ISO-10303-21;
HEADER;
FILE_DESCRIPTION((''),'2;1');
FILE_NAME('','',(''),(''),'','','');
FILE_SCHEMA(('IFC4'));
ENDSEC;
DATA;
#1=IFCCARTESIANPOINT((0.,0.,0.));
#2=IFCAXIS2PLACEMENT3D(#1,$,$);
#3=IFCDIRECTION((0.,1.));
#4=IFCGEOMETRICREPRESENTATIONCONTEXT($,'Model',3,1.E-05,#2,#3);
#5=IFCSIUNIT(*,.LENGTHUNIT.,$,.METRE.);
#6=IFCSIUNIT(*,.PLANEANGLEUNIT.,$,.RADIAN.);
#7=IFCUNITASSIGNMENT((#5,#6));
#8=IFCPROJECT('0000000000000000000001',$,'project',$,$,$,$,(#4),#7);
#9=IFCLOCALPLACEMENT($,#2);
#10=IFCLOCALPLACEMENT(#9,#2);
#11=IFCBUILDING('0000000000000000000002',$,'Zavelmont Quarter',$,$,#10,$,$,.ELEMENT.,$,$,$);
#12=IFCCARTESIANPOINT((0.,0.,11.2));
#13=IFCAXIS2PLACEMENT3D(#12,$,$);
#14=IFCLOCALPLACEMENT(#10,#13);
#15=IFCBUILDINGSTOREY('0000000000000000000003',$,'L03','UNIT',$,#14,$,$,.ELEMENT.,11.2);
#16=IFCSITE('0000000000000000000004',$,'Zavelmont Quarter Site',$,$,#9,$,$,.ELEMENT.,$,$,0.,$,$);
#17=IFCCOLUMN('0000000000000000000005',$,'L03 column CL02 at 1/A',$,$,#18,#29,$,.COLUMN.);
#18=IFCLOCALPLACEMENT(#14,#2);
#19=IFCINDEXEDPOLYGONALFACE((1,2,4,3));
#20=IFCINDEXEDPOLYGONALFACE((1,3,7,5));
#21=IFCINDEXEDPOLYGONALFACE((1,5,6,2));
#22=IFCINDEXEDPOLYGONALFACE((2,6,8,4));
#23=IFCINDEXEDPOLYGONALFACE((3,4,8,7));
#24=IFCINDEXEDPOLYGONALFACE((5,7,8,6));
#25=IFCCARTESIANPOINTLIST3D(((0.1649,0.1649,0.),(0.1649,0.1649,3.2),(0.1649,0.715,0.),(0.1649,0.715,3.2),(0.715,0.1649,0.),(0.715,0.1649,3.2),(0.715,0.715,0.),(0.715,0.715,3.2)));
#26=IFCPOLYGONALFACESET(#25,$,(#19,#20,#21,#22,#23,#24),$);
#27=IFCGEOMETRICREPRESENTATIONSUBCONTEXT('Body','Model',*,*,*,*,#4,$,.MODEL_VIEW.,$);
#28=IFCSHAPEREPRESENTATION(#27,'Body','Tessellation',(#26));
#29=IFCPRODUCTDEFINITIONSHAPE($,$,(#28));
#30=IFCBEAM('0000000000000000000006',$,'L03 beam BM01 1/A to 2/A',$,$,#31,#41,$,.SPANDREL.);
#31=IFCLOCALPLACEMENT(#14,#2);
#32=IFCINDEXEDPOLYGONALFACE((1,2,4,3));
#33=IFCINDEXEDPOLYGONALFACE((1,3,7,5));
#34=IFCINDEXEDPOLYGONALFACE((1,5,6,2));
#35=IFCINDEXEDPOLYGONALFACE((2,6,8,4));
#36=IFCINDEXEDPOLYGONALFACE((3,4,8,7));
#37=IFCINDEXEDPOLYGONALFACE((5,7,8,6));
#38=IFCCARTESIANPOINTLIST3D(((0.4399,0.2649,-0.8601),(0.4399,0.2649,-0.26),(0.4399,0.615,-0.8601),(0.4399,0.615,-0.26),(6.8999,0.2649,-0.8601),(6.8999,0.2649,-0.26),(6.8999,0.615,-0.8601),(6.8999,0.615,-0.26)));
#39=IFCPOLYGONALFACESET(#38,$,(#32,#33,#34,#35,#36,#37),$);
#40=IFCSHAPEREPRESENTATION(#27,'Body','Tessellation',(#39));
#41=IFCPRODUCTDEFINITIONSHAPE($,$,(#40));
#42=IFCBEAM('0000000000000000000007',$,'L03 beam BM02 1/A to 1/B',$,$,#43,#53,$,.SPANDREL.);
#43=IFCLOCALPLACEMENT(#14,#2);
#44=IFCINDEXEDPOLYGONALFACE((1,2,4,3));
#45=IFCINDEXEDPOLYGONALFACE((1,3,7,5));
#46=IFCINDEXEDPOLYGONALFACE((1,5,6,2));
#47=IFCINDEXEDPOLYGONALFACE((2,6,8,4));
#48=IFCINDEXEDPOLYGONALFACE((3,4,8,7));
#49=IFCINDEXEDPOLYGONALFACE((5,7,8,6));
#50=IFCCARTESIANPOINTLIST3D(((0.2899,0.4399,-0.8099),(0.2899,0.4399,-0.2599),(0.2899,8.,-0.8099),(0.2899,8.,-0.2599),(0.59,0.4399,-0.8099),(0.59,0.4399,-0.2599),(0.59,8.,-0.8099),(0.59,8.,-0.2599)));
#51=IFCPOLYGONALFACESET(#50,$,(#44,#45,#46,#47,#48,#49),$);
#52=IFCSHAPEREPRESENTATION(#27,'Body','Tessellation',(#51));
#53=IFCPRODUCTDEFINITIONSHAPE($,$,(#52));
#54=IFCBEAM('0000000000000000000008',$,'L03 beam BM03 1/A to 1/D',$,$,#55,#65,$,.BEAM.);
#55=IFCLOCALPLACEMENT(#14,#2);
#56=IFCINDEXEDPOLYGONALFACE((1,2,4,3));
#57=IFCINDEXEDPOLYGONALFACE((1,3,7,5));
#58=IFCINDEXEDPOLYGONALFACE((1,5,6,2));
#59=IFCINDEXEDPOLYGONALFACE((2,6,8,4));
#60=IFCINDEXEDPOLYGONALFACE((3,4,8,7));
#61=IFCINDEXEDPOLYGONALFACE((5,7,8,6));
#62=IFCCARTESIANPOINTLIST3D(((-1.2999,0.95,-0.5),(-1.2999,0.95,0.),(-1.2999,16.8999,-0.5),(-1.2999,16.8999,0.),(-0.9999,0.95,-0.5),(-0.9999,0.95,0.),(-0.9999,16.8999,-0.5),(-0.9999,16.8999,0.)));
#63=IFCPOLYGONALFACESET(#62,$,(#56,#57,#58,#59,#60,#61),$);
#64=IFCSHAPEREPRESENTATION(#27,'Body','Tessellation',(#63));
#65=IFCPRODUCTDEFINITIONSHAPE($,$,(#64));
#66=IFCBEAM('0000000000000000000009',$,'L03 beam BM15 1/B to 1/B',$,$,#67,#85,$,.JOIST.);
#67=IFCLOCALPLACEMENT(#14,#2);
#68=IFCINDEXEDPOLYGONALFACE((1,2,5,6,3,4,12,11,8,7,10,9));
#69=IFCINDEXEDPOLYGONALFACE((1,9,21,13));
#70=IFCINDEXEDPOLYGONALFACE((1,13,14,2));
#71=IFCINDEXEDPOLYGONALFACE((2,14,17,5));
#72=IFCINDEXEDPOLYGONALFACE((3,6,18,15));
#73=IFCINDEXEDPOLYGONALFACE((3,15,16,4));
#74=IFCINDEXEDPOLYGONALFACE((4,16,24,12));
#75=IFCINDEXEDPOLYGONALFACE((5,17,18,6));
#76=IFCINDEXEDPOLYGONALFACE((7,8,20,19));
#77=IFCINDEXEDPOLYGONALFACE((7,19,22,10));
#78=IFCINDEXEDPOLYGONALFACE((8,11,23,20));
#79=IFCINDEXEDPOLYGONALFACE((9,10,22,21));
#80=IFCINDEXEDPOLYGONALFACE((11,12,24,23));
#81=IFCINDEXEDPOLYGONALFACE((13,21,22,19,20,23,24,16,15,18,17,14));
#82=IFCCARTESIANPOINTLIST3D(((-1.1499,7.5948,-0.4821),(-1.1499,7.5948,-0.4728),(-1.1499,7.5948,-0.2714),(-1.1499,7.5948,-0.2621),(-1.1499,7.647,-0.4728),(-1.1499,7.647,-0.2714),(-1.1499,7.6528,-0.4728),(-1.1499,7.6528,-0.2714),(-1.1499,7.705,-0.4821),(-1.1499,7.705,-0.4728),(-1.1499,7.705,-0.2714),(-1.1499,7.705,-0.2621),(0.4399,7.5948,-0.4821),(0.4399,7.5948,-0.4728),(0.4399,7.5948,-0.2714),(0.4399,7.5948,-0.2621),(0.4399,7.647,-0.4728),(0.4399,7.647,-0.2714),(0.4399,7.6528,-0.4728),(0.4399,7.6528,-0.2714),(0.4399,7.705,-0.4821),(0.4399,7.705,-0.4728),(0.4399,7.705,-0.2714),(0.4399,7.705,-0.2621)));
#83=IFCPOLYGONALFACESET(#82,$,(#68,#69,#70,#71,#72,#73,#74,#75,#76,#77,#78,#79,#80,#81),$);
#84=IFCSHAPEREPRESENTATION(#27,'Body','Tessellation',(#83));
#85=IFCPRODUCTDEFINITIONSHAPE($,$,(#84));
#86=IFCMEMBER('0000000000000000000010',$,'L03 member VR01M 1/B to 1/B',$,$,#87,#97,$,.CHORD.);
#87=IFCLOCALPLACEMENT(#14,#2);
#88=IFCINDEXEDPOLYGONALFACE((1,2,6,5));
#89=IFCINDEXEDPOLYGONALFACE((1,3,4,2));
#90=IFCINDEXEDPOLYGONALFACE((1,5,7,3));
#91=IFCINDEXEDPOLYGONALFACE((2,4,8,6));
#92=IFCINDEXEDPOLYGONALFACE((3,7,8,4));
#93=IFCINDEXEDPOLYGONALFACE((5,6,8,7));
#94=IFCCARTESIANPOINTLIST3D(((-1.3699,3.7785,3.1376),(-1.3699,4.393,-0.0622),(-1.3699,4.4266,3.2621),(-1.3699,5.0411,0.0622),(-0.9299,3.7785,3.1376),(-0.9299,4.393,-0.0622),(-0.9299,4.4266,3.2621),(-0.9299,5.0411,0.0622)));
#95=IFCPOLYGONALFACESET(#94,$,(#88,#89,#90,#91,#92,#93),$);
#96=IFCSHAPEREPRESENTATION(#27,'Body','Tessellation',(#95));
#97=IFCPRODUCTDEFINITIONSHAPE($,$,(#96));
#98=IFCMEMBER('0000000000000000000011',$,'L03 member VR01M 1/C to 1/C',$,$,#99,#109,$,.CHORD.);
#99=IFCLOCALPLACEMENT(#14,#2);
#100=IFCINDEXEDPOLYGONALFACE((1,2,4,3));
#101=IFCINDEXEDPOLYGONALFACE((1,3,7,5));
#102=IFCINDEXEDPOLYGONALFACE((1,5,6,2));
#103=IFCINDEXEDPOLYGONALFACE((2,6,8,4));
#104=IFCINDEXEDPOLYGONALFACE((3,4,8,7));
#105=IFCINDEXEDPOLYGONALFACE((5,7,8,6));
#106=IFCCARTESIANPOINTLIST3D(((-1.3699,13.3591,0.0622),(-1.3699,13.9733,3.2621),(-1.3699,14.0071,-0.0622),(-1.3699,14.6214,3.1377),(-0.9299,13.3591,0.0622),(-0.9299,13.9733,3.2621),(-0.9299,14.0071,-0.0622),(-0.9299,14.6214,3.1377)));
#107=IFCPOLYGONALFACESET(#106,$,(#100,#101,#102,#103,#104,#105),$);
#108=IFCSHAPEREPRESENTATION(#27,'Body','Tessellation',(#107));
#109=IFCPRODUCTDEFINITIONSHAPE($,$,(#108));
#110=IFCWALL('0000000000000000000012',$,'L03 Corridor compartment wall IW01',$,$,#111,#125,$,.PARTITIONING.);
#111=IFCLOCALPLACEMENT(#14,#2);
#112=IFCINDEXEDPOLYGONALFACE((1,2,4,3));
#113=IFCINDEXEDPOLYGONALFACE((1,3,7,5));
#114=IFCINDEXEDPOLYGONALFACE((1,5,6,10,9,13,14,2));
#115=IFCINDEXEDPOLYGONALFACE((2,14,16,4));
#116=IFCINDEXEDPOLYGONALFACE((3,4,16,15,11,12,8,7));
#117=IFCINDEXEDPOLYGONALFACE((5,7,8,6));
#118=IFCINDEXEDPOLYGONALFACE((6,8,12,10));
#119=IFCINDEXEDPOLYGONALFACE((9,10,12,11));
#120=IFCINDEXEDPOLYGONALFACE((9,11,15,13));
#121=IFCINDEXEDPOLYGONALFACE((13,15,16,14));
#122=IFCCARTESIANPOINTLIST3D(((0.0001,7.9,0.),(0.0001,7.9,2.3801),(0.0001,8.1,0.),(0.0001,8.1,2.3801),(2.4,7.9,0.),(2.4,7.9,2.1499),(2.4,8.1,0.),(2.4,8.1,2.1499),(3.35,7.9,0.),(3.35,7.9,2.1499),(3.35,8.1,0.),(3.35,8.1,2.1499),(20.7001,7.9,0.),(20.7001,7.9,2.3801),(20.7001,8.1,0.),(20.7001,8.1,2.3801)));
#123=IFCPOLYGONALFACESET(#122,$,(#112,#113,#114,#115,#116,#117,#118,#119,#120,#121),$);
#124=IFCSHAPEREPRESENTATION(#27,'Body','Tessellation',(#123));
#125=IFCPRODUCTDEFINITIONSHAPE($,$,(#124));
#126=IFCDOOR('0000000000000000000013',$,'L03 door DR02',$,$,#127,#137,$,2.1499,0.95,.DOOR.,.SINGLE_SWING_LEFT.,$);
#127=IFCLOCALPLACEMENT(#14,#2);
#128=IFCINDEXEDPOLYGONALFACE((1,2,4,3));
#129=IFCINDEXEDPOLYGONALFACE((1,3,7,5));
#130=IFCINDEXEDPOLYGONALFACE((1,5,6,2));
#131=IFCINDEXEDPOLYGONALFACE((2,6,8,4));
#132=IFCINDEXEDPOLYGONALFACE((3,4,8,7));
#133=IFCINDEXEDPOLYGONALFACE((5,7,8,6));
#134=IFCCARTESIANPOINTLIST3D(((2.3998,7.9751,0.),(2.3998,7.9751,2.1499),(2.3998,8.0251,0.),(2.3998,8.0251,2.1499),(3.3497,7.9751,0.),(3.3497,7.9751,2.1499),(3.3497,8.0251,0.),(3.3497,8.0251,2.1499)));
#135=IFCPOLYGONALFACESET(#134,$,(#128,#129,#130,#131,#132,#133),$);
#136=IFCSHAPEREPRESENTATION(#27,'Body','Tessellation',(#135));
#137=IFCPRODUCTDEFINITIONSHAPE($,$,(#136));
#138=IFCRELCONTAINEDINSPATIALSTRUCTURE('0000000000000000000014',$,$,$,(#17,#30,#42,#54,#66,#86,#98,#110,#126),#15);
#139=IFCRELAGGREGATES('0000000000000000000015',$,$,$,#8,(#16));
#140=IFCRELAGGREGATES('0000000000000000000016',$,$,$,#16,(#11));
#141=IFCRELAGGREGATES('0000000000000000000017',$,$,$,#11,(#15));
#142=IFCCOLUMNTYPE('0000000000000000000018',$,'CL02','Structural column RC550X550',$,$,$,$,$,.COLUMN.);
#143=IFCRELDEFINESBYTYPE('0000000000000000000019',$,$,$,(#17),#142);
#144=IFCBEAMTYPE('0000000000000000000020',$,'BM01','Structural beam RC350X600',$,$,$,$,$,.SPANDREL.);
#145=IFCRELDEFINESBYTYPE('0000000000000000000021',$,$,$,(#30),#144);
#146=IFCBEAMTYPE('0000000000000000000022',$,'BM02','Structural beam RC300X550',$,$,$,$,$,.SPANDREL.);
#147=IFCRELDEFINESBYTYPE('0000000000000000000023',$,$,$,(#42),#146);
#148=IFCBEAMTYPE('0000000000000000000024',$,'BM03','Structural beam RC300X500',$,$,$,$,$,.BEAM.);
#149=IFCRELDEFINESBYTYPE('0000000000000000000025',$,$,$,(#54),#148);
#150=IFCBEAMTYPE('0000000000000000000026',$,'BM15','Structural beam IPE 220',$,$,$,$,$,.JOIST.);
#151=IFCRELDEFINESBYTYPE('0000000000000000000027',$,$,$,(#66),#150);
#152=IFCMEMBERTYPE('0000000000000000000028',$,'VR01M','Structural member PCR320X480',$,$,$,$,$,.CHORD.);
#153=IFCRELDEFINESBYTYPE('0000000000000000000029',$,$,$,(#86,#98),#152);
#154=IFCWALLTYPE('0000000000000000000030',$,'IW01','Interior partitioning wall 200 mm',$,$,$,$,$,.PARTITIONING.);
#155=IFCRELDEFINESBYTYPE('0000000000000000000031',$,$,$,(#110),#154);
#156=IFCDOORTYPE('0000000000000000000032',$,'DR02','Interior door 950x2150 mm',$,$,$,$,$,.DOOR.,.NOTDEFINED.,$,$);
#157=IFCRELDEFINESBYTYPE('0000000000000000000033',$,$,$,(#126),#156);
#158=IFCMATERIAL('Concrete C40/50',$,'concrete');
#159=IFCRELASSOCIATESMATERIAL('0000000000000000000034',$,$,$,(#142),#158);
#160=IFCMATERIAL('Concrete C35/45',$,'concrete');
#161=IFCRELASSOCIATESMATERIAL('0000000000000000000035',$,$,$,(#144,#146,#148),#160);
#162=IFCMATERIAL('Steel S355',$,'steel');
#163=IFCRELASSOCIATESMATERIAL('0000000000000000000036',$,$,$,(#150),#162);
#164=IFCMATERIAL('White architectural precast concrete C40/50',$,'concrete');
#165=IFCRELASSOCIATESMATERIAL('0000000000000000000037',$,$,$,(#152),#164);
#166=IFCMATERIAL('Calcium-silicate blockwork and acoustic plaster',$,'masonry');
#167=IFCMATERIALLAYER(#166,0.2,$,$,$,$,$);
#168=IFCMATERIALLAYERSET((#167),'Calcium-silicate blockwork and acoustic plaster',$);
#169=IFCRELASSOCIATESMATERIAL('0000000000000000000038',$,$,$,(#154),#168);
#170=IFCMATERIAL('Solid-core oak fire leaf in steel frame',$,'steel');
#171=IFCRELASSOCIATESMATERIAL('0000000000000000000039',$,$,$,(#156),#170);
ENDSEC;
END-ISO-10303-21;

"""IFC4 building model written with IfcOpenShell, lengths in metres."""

from ifc_helpers import new_model, si_unit, direction, frame, frame_2d, origin, origin_2d, place, context, subcontext, project, spatial, rectangle, i_section, extrude, material, layer, layer_set, material_profile, profile_set, type_object, element, fill, save


model = new_model("IFC4")

# Units and contexts
model_context = context("Model", 3, precision=1e-05, world=origin(), true_north=direction((0.0, 1.0)))
body_context = subcontext(model_context, "Body", "Model", "MODEL_VIEW")
ifc_project = project(units=[si_unit("LENGTHUNIT", "METRE"), si_unit("PLANEANGLEUNIT", "RADIAN")], contexts=[model_context])

# Site, building, storey
site_placement = place(None, origin())
site = spatial("IfcSite", under=ifc_project, at=site_placement, Name="Zavelmont Quarter Site", CompositionType="ELEMENT", RefElevation=0.0)
building_placement = place(site_placement, origin())
building = spatial("IfcBuilding", under=site, at=building_placement, Name="Zavelmont Quarter", CompositionType="ELEMENT")
storey_placement = place(building_placement, frame((0.0, 0.0, 11.2)))
storey = spatial("IfcBuildingStorey", under=building, at=storey_placement, Name="L03", Description="UNIT", CompositionType="ELEMENT", Elevation=11.2)

# Column
ifc_material_1 = material(Name="Concrete C40/50", Category="concrete")
ifc_material_profile_1 = material_profile(ifc_material_1, rectangle(XDim=0.55, YDim=0.55, at=origin_2d()), Name="RC550X550")
ifc_profile_set_1 = profile_set([ifc_material_profile_1], Name="Concrete C40/50")
column_type = type_object("IfcColumnType", Name="CL02", Description="Structural column RC550X550", PredefinedType="COLUMN", material=ifc_profile_set_1)
column_placement = place(storey_placement, frame((0.4399, 0.4399, 0.0), z_axis=(0.0, 0.0, 1.0), x_axis=(1.0, 0.0, 0.0)))
element("IfcColumn", 1, at=column_placement, inside=storey, type_object=column_type, Name="L03 column CL02 at 1/A", PredefinedType="COLUMN", context=body_context, shape_type="SweptSolid", body=[
    extrude(rectangle(XDim=0.55, YDim=0.55, at=origin_2d()), origin(), (0.0, 0.0, 1.0), 3.2),
])

# Beams
ifc_material_2 = material(Name="Concrete C35/45", Category="concrete")
ifc_material_profile_2 = material_profile(ifc_material_2, rectangle(XDim=0.3501, YDim=0.6001, at=origin_2d()), Name="RC350X600")
ifc_profile_set_2 = profile_set([ifc_material_profile_2], Name="Concrete C35/45")
beam_type_1 = type_object("IfcBeamType", Name="BM01", Description="Structural beam RC350X600", PredefinedType="SPANDREL", material=ifc_profile_set_2)
beam_1_placement = place(storey_placement, frame((0.4399, 0.4399, -0.5601), z_axis=(1.0, 0.0, 0.0), x_axis=(0.0, 1.0, 0.0)))
element("IfcBeam", 2, at=beam_1_placement, inside=storey, type_object=beam_type_1, Name="L03 beam BM01 1/A to 2/A", PredefinedType="SPANDREL", context=body_context, shape_type="SweptSolid", body=[
    extrude(rectangle(XDim=0.3501, YDim=0.6001, at=origin_2d()), origin(), (0.0, 0.0, 1.0), 6.46),
])
ifc_material_profile_3 = material_profile(ifc_material_2, rectangle(XDim=0.3, YDim=0.55, at=origin_2d()), Name="RC300X550")
ifc_profile_set_3 = profile_set([ifc_material_profile_3], Name="Concrete C35/45")
beam_type_2 = type_object("IfcBeamType", Name="BM02", Description="Structural beam RC300X550", PredefinedType="SPANDREL", material=ifc_profile_set_3)
beam_2_placement = place(storey_placement, frame((0.4399, 0.4399, -0.5349), z_axis=(0.0, 1.0, 0.0), x_axis=(-1.0, 0.0, 0.0)))
element("IfcBeam", 3, at=beam_2_placement, inside=storey, type_object=beam_type_2, Name="L03 beam BM02 1/A to 1/B", PredefinedType="SPANDREL", context=body_context, shape_type="SweptSolid", body=[
    extrude(rectangle(XDim=0.3, YDim=0.55, at=origin_2d()), origin(), (0.0, 0.0, 1.0), 7.5601),
])
ifc_material_profile_4 = material_profile(ifc_material_2, rectangle(XDim=0.3, YDim=0.5, at=origin_2d()), Name="RC300X500")
ifc_profile_set_4 = profile_set([ifc_material_profile_4], Name="Concrete C35/45")
beam_type_3 = type_object("IfcBeamType", Name="BM03", Description="Structural beam RC300X500", PredefinedType="BEAM", material=ifc_profile_set_4)
beam_3_placement = place(storey_placement, frame((-1.1499, 0.95, -0.25), z_axis=(0.0, 1.0, 0.0), x_axis=(-1.0, 0.0, 0.0)))
element("IfcBeam", 4, at=beam_3_placement, inside=storey, type_object=beam_type_3, Name="L03 beam BM03 1/A to 1/D", PredefinedType="BEAM", context=body_context, shape_type="SweptSolid", body=[
    extrude(rectangle(XDim=0.3, YDim=0.5, at=origin_2d()), origin(), (0.0, 0.0, 1.0), 15.95),
])
ifc_material_3 = material(Name="Steel S355", Category="steel")
ifc_material_profile_5 = material_profile(ifc_material_3, i_section(OverallWidth=0.1101, OverallDepth=0.22, WebThickness=0.0059, FlangeThickness=0.0093, at=origin_2d()), Name="IPE 220")
ifc_profile_set_5 = profile_set([ifc_material_profile_5], Name="Steel S355")
beam_type_4 = type_object("IfcBeamType", Name="BM15", Description="Structural beam IPE 220", PredefinedType="JOIST", material=ifc_profile_set_5)
beam_4_placement = place(storey_placement, frame((0.4399, 7.6499, -0.3721), z_axis=(-1.0, 0.0, 0.0), x_axis=(0.0, -1.0, 0.0)))
element("IfcBeam", 5, at=beam_4_placement, inside=storey, type_object=beam_type_4, Name="L03 beam BM15 1/B to 1/B", PredefinedType="JOIST", context=body_context, shape_type="SweptSolid", body=[
    extrude(i_section(OverallWidth=0.1101, OverallDepth=0.22, WebThickness=0.0059, FlangeThickness=0.0093, at=origin_2d()), origin(), (0.0, 0.0, 1.0), 1.5898),
])

# Members
ifc_material_4 = material(Name="White architectural precast concrete C40/50", Category="concrete")
ifc_material_profile_6 = material_profile(ifc_material_4, rectangle(XDim=0.4399, YDim=0.6599, at=origin_2d()), Name="PCR320X480")
ifc_profile_set_6 = profile_set([ifc_material_profile_6], Name="White architectural precast concrete C40/50")
member_type = type_object("IfcMemberType", Name="VR01M", Description="Structural member PCR320X480", PredefinedType="CHORD", material=ifc_profile_set_6)
for number, where, z_axis, x_axis, name in (
    (6, (-1.1499, 4.717, 0.0), (0.0, -0.188589, 0.982056), (1.0, 0.0, 0.0), "L03 member VR01M 1/B to 1/B"),
    (7, (-1.1499, 13.6831, 0.0), (0.0, 0.188517, 0.98207), (-1.0, 0.0, 0.0), "L03 member VR01M 1/C to 1/C"),
):
    element("IfcMember", number, at=place(storey_placement, frame(where, z_axis=z_axis, x_axis=x_axis)), inside=storey, type_object=member_type, Name=name, PredefinedType="CHORD", context=body_context, shape_type="SweptSolid", body=[
        extrude(rectangle(XDim=0.4399, YDim=0.6599, at=origin_2d()), origin(), (0.0, 0.0, 1.0), 3.2583),
    ])

# Wall, opening, door
ifc_material_5 = material(Name="Calcium-silicate blockwork and acoustic plaster", Category="masonry")
ifc_layer = layer(ifc_material_5, 0.2)
ifc_layer_set = layer_set([ifc_layer], Name="Calcium-silicate blockwork and acoustic plaster")
wall_type = type_object("IfcWallType", Name="IW01", Description="Interior partitioning wall 200 mm", PredefinedType="PARTITIONING", material=ifc_layer_set)
wall_1_placement = place(storey_placement, frame((0.0, 8.0, 0.0), z_axis=(0.0, 0.0, 1.0), x_axis=(1.0, 0.0, 0.0)))
wall_1 = element("IfcWall", 8, at=wall_1_placement, inside=storey, type_object=wall_type, Name="L03 Corridor compartment wall IW01", PredefinedType="PARTITIONING", context=body_context, shape_type="SweptSolid", body=[
    extrude(rectangle(XDim=20.7, YDim=0.2, at=frame_2d((10.3501, 0.0))), origin(), (0.0, 0.0, 1.0), 2.3801),
])
opening_1_placement = place(wall_1_placement, frame((2.3999, 0.0, 0.0)))
opening_1 = element("IfcOpeningElement", 9, at=opening_1_placement, cuts=wall_1, PredefinedType="OPENING", context=body_context, shape_type="SweptSolid", body=[
    extrude(rectangle(XDim=0.95, YDim=2.1499, at=frame_2d((0.4751, 1.075))), frame((0.0, 0.1118, 0.0), z_axis=(0.0, -1.0, 0.0), x_axis=(1.0, 0.0, 0.0)), (0.0, 0.0, 1.0), 0.2239),
])
ifc_material_6 = material(Name="Solid-core oak fire leaf in steel frame", Category="steel")
door_type = type_object("IfcDoorType", Name="DR02", Description="Interior door 950x2150 mm", OperationType="NOTDEFINED", PredefinedType="DOOR", material=ifc_material_6)
door_1_placement = place(opening_1_placement, frame((0.95, 0.0, 0.0), z_axis=(0.0, 0.0, 1.0), x_axis=(-1.0, 0.0, 0.0)))
door_1 = element("IfcDoor", 10, at=door_1_placement, inside=storey, type_object=door_type, Name="L03 door DR02", OperationType="SINGLE_SWING_LEFT", OverallHeight=2.1499, OverallWidth=0.95, PredefinedType="DOOR", context=body_context, shape_type="SweptSolid", body=[
    extrude(rectangle(XDim=0.95, YDim=2.1499, at=frame_2d((0.4751, 1.075))), frame((0.0, 0.0249, 0.0), z_axis=(0.0, -1.0, 0.0), x_axis=(1.0, 0.0, 0.0)), (0.0, 0.0, 1.0), 0.05),
])
fill(opening_1, door_1)

save(model, "model.ifc")
